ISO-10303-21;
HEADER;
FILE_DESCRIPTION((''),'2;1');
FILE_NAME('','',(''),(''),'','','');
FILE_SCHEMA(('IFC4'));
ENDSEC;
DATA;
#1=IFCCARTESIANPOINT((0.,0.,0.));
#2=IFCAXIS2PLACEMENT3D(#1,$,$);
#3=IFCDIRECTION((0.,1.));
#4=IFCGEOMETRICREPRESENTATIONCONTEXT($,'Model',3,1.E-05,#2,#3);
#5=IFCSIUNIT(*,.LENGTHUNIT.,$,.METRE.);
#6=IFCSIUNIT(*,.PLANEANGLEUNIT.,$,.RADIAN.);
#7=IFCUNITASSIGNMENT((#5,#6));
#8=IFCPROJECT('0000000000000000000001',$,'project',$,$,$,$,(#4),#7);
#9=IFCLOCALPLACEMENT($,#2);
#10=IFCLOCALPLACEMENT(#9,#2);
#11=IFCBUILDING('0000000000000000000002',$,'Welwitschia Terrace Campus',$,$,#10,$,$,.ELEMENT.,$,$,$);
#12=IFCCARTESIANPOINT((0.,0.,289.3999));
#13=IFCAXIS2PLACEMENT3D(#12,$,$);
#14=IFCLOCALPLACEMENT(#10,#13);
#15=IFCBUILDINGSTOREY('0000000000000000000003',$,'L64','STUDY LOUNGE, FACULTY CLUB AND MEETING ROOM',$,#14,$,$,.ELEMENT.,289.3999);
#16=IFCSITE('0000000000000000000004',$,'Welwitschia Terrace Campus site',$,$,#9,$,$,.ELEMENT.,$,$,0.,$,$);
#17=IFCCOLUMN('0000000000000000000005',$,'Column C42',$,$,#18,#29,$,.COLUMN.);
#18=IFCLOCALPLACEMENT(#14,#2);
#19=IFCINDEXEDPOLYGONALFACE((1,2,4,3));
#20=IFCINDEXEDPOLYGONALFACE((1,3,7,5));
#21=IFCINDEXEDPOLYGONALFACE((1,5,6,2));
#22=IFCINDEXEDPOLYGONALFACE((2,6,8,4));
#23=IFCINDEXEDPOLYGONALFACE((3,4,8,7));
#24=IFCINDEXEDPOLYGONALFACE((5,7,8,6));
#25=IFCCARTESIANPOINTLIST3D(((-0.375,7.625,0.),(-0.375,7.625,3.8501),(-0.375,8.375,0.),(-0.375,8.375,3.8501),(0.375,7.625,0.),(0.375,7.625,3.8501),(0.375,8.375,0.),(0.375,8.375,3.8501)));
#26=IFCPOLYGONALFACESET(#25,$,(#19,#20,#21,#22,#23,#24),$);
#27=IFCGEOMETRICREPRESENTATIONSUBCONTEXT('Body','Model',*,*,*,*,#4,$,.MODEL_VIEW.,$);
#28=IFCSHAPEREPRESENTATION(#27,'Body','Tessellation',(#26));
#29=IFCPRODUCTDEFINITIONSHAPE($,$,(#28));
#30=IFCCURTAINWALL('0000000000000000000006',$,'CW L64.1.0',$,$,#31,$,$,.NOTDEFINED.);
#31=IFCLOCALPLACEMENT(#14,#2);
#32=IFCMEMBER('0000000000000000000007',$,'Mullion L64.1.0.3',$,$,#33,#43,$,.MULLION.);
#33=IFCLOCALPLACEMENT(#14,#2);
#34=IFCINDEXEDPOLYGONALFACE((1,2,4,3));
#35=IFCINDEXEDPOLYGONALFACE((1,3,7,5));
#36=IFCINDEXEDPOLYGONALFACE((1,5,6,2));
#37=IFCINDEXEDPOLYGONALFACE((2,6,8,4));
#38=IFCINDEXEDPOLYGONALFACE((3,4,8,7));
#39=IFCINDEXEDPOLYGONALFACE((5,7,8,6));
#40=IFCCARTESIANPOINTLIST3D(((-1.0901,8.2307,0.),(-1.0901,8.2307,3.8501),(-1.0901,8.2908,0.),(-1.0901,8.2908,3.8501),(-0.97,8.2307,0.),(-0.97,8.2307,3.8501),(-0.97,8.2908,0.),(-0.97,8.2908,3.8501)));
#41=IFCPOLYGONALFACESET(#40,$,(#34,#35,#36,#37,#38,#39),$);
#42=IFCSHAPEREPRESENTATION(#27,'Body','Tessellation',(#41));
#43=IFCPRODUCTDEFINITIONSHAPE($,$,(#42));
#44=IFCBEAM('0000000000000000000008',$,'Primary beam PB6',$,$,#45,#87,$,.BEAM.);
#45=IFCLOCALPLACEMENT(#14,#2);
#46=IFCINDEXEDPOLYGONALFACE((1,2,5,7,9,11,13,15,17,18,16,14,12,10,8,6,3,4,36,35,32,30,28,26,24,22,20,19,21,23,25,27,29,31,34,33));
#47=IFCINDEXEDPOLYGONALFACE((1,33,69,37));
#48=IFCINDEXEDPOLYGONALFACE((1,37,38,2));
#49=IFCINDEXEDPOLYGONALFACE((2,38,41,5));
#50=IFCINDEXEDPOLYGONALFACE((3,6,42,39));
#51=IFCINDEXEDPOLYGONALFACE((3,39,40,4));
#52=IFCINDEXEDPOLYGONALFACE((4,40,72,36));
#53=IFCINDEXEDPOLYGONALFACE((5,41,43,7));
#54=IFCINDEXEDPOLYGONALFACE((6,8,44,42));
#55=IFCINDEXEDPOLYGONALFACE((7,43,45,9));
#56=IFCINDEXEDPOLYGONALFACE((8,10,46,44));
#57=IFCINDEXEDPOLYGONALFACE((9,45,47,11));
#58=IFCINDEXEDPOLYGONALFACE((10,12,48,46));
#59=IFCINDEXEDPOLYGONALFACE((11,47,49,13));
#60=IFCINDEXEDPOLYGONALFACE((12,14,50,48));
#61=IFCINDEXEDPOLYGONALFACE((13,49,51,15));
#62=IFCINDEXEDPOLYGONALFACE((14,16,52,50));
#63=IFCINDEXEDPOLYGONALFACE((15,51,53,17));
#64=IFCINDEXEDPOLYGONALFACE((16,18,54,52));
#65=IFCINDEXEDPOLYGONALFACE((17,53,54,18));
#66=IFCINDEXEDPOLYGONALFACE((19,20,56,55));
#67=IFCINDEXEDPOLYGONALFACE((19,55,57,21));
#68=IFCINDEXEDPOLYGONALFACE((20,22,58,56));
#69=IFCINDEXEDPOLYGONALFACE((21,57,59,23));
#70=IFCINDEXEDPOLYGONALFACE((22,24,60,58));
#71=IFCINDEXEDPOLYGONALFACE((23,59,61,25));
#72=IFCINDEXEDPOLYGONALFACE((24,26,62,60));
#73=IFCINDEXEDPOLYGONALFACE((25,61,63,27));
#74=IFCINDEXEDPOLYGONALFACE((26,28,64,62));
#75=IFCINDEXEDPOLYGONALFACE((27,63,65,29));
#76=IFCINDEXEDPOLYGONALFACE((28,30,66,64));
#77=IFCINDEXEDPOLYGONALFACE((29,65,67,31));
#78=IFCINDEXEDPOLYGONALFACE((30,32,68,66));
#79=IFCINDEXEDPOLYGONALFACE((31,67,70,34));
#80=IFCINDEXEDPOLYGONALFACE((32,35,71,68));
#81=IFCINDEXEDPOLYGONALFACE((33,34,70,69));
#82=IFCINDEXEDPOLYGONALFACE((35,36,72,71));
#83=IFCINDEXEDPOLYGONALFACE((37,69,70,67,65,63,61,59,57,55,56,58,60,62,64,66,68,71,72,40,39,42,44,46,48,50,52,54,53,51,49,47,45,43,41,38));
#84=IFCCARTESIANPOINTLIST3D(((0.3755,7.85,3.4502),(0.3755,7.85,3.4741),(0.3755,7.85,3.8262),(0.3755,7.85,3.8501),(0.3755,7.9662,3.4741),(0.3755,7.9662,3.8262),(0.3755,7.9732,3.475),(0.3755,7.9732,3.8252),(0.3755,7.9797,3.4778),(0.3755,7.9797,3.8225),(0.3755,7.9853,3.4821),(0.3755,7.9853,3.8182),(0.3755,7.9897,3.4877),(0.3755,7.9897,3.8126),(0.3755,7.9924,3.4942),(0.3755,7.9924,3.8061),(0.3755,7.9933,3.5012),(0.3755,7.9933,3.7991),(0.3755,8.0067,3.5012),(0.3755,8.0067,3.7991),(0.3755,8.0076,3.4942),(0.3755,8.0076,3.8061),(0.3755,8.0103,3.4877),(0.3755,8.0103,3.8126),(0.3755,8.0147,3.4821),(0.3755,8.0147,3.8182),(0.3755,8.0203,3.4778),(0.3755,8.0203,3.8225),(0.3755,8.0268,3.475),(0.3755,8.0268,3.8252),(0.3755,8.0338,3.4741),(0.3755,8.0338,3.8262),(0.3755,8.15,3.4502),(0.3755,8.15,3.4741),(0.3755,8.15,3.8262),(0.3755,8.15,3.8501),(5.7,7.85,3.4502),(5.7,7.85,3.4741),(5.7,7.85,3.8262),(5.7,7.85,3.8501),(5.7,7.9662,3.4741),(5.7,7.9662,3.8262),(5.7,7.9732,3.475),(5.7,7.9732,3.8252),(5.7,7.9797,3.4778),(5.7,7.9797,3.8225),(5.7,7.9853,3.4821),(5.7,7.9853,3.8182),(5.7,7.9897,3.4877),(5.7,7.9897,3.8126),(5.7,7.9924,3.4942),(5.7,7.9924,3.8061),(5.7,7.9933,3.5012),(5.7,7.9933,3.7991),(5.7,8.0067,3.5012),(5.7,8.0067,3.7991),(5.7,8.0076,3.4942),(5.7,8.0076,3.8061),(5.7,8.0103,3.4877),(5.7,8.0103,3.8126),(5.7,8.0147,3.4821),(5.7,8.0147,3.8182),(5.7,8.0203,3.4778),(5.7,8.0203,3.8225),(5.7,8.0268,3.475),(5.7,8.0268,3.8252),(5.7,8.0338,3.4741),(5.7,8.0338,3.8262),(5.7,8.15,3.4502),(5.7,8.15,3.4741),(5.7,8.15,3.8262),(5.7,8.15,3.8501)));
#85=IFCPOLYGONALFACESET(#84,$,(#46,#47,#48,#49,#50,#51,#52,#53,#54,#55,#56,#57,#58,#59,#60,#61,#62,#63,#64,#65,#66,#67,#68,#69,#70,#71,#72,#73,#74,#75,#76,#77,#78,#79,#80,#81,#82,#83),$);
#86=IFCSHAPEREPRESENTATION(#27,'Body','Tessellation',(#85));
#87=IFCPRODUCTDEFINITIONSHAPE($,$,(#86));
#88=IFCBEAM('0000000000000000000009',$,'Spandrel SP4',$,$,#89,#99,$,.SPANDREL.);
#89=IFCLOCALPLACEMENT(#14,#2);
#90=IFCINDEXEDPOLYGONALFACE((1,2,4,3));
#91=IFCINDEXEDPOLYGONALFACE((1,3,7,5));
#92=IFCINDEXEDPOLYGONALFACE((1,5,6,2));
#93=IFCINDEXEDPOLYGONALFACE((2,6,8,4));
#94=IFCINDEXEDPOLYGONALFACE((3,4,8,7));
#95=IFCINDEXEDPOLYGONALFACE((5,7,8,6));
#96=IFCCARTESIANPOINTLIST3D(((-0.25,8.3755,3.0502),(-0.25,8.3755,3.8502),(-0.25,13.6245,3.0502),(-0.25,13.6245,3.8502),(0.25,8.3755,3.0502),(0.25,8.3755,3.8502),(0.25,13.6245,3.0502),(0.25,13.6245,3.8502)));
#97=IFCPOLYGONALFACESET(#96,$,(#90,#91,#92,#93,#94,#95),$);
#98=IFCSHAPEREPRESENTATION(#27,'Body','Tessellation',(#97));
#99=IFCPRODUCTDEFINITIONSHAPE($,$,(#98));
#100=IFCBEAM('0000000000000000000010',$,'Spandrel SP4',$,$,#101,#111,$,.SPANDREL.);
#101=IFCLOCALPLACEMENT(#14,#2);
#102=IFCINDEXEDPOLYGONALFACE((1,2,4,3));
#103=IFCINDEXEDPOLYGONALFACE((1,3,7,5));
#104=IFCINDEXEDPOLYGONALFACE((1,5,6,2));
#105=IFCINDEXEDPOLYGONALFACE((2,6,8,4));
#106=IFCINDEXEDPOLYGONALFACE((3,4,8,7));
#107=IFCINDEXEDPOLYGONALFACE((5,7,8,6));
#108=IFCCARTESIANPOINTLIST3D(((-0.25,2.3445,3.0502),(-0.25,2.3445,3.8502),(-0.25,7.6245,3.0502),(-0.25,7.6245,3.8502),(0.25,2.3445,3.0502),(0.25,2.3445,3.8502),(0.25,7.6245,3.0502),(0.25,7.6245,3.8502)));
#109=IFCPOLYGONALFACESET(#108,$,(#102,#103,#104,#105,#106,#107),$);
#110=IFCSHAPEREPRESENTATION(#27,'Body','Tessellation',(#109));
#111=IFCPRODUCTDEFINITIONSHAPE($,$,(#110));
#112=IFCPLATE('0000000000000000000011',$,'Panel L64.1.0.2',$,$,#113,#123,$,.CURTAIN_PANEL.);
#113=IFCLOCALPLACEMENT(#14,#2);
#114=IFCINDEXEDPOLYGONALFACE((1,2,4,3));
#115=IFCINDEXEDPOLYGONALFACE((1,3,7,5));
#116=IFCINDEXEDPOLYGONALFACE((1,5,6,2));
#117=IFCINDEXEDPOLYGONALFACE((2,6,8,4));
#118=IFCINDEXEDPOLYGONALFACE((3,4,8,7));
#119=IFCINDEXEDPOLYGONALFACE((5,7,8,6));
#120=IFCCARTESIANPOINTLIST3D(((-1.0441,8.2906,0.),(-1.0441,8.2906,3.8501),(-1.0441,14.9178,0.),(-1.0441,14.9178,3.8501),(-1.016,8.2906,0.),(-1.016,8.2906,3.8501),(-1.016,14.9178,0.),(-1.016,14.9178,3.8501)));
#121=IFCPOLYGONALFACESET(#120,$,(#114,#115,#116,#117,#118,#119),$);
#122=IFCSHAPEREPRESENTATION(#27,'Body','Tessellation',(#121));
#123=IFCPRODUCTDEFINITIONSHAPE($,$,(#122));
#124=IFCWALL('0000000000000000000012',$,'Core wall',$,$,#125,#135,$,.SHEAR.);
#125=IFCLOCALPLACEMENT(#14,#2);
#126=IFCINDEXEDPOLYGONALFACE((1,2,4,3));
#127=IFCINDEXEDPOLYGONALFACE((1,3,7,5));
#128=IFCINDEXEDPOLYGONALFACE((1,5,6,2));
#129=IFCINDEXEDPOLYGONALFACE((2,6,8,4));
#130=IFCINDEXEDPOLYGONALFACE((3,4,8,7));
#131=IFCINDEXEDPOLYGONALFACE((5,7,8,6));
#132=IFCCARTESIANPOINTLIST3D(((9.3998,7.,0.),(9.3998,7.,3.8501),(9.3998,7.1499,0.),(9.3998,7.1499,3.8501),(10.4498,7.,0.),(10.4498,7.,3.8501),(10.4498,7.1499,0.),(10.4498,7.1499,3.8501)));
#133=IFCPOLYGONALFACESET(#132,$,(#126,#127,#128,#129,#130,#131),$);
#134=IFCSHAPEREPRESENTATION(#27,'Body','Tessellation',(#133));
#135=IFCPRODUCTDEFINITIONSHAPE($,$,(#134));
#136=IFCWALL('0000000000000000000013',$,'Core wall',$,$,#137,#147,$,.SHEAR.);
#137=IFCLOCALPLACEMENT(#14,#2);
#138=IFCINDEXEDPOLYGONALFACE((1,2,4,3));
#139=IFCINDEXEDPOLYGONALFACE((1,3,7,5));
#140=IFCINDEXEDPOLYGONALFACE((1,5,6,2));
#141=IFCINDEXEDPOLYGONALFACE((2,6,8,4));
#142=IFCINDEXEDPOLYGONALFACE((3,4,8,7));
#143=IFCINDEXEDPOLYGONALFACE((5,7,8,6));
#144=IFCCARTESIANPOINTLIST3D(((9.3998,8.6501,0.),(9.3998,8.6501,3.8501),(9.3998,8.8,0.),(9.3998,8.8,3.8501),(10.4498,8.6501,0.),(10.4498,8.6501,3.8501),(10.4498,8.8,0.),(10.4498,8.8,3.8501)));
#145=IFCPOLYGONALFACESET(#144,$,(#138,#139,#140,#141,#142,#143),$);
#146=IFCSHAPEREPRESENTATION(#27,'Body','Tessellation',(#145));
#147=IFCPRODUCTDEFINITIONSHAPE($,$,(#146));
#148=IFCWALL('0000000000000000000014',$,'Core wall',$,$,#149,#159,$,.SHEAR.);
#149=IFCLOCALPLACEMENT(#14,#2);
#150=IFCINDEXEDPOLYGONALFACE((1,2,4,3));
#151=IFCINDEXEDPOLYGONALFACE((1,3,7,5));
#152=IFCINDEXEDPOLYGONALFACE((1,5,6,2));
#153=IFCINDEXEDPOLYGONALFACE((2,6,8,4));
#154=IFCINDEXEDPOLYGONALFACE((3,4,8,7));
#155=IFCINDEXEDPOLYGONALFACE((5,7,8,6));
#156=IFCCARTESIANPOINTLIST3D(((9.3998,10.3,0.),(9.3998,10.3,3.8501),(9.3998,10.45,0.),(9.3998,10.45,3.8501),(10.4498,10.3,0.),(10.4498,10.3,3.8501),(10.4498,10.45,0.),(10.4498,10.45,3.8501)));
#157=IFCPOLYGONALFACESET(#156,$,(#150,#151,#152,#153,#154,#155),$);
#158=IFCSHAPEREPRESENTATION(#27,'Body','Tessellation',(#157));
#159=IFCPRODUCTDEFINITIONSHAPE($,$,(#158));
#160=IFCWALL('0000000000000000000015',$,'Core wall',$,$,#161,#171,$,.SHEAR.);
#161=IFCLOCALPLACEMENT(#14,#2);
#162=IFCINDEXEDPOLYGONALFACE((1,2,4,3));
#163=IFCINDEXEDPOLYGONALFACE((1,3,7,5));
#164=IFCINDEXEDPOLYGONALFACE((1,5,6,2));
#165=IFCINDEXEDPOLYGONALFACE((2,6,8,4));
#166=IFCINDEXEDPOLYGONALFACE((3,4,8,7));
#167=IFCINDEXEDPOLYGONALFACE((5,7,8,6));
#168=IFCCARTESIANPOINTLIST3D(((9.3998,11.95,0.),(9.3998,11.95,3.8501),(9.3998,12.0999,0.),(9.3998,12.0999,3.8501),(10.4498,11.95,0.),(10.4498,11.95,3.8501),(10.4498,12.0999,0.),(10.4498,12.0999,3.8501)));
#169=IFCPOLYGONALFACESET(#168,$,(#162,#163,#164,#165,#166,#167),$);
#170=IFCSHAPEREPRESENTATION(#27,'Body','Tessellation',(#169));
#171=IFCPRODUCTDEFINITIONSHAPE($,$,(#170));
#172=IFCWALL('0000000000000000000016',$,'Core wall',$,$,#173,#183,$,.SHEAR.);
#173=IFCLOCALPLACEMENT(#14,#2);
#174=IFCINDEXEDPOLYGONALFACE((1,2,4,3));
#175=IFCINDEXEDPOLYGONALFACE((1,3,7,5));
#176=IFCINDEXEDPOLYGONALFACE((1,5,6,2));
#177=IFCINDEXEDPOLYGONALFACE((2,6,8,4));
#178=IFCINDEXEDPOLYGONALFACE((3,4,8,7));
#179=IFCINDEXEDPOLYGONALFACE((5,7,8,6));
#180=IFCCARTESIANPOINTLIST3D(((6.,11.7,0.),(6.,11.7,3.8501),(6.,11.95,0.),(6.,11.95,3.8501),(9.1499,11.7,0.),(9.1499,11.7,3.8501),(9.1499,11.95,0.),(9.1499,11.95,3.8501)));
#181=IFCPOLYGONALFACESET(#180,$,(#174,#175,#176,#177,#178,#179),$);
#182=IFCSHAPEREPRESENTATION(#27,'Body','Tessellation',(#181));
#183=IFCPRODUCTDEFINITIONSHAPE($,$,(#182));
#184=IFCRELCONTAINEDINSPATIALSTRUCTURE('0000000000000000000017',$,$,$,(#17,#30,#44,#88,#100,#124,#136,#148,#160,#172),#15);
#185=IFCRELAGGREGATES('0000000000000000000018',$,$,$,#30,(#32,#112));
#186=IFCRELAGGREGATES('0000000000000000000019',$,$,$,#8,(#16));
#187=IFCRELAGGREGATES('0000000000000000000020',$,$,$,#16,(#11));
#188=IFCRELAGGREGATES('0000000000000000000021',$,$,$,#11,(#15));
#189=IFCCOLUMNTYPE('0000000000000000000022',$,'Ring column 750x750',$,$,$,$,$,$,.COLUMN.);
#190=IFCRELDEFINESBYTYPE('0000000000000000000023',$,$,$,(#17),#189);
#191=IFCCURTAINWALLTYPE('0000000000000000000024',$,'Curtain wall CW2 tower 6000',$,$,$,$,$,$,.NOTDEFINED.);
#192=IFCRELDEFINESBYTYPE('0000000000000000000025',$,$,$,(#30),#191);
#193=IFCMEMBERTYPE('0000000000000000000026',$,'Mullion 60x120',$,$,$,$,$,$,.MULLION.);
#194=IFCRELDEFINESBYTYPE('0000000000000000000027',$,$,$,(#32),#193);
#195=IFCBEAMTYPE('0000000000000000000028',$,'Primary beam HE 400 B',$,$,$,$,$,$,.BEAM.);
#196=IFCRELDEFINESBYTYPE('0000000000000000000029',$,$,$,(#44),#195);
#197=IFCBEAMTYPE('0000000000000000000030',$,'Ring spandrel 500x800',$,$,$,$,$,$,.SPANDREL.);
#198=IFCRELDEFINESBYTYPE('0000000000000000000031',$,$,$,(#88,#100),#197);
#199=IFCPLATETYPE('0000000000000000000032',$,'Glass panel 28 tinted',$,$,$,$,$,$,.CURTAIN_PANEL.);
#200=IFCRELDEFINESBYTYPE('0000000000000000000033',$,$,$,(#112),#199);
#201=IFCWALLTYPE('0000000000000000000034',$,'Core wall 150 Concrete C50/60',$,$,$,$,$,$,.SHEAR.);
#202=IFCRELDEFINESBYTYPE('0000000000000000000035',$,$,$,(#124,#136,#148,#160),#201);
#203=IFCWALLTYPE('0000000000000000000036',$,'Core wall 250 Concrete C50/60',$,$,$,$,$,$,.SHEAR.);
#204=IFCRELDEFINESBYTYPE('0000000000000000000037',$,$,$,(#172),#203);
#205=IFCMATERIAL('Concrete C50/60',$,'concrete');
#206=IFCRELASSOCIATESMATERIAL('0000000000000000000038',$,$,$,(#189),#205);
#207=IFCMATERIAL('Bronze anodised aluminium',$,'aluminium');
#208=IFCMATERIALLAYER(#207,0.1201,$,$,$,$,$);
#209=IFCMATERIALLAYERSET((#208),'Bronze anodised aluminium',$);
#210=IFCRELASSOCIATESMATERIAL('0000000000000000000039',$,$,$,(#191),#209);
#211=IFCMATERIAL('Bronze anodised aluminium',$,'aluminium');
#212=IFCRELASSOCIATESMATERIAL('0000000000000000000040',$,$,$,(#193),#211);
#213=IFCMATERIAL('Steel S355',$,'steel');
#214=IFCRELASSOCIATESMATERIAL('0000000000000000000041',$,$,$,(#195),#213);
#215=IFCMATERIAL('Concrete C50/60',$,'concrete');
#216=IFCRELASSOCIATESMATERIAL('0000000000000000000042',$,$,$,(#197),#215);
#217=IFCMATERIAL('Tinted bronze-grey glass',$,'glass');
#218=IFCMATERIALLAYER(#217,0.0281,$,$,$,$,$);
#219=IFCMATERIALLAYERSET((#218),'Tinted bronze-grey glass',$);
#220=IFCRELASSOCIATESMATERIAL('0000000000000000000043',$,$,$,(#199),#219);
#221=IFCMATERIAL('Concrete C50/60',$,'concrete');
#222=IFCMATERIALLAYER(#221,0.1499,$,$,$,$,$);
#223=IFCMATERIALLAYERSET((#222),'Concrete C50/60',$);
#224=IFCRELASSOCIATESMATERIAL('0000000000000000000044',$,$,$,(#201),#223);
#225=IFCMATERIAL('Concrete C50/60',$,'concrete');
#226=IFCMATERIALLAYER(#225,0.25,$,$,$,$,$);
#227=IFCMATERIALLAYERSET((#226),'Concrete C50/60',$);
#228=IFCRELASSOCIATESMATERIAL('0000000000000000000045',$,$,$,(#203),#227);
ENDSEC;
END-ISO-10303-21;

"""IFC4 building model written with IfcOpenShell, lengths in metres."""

from ifc_helpers import new_model, si_unit, direction, frame, frame_2d, origin, origin_2d, place, context, subcontext, project, spatial, rectangle, i_section, extrude, material, layer, layer_set, material_profile, profile_set, type_object, element, aggregate, save


model = new_model("IFC4")

# Units and contexts
model_context = context("Model", 3, precision=1e-05, world=origin(), true_north=direction((0.0, 1.0)))
body_context = subcontext(model_context, "Body", "Model", "MODEL_VIEW")
ifc_project = project(units=[si_unit("LENGTHUNIT", "METRE"), si_unit("PLANEANGLEUNIT", "RADIAN")], contexts=[model_context])

# Site, building, storey
site_placement = place(None, origin())
site = spatial("IfcSite", under=ifc_project, at=site_placement, Name="Welwitschia Terrace Campus site", CompositionType="ELEMENT", RefElevation=0.0)
building_placement = place(site_placement, origin())
building = spatial("IfcBuilding", under=site, at=building_placement, Name="Welwitschia Terrace Campus", CompositionType="ELEMENT")
storey_placement = place(building_placement, frame((0.0, 0.0, 289.3999)))
storey = spatial("IfcBuildingStorey", under=building, at=storey_placement, Name="L64", Description="STUDY LOUNGE, FACULTY CLUB AND MEETING ROOM", CompositionType="ELEMENT", Elevation=289.3999)

# Column
ifc_material_1 = material(Name="Concrete C50/60", Category="concrete")
ifc_material_profile_1 = material_profile(ifc_material_1, rectangle(XDim=0.75, YDim=0.75, at=origin_2d()))
ifc_profile_set_1 = profile_set([ifc_material_profile_1], Name="Concrete C50/60")
column_type = type_object("IfcColumnType", Name="Ring column 750x750", PredefinedType="COLUMN", material=ifc_profile_set_1)
column_placement = place(storey_placement, frame((0.0, 8.0, 0.0), z_axis=(0.0, 0.0, 1.0), x_axis=(1.0, 0.0, 0.0)))
element("IfcColumn", 1, at=column_placement, inside=storey, type_object=column_type, Name="Column C42", PredefinedType="COLUMN", context=body_context, shape_type="SweptSolid", body=[
    extrude(rectangle(XDim=0.75, YDim=0.75, at=origin_2d()), origin(), (0.0, 0.0, 1.0), 3.8501),
])

# Curtain wall, member
ifc_material_2 = material(Name="Bronze anodised aluminium", Category="aluminium")
ifc_layer_1 = layer(ifc_material_2, 0.1201)
ifc_layer_set_1 = layer_set([ifc_layer_1], Name="Bronze anodised aluminium")
curtain_wall_type = type_object("IfcCurtainWallType", Name="Curtain wall CW2 tower 6000", PredefinedType="NOTDEFINED", material=ifc_layer_set_1)
curtain_wall_placement = place(storey_placement, origin())
curtain_wall = element("IfcCurtainWall", 2, at=curtain_wall_placement, inside=storey, type_object=curtain_wall_type, Name="CW L64.1.0", PredefinedType="NOTDEFINED")
ifc_material_3 = material(Name="Bronze anodised aluminium", Category="aluminium")
ifc_material_profile_2 = material_profile(ifc_material_3, rectangle(XDim=0.1201, YDim=0.0601, at=origin_2d()))
ifc_profile_set_2 = profile_set([ifc_material_profile_2], Name="Bronze anodised aluminium")
member_type = type_object("IfcMemberType", Name="Mullion 60x120", PredefinedType="MULLION", material=ifc_profile_set_2)
member_placement = place(storey_placement, frame((-1.03, 8.2607, 0.0), z_axis=(0.0, 0.0, 1.0), x_axis=(1.0, 0.0, 0.0)))
member = element("IfcMember", 3, at=member_placement, type_object=member_type, Name="Mullion L64.1.0.3", PredefinedType="MULLION", context=body_context, shape_type="SweptSolid", body=[
    extrude(rectangle(XDim=0.1201, YDim=0.0601, at=origin_2d()), origin(), (0.0, 0.0, 1.0), 3.8501),
])

# Beams
ifc_material_4 = material(Name="Steel S355", Category="steel")
ifc_material_profile_3 = material_profile(ifc_material_4, i_section(OverallWidth=0.3, OverallDepth=0.3999, WebThickness=0.0134, FlangeThickness=0.0239, FilletRadius=0.0271, at=origin_2d()))
ifc_profile_set_3 = profile_set([ifc_material_profile_3], Name="Steel S355")
beam_type_1 = type_object("IfcBeamType", Name="Primary beam HE 400 B", PredefinedType="BEAM", material=ifc_profile_set_3)
beam_1_placement = place(storey_placement, frame((0.3755, 8.0, 3.6501), z_axis=(1.0, 0.0, 0.0), x_axis=(0.0, 1.0, 0.0)))
element("IfcBeam", 4, at=beam_1_placement, inside=storey, type_object=beam_type_1, Name="Primary beam PB6", PredefinedType="BEAM", context=body_context, shape_type="SweptSolid", body=[
    extrude(i_section(OverallWidth=0.3, OverallDepth=0.3999, WebThickness=0.0134, FlangeThickness=0.0239, FilletRadius=0.0271, at=origin_2d()), origin(), (0.0, 0.0, 1.0), 5.3245),
])
ifc_material_5 = material(Name="Concrete C50/60", Category="concrete")
ifc_material_profile_4 = material_profile(ifc_material_5, rectangle(XDim=0.5, YDim=0.8, at=origin_2d()))
ifc_profile_set_4 = profile_set([ifc_material_profile_4], Name="Concrete C50/60")
beam_type_2 = type_object("IfcBeamType", Name="Ring spandrel 500x800", PredefinedType="SPANDREL", material=ifc_profile_set_4)
beam_2_placement = place(storey_placement, frame((0.0, 13.6245, 3.4502), z_axis=(0.0, -1.0, 0.0), x_axis=(1.0, 0.0, 0.0)))
element("IfcBeam", 5, at=beam_2_placement, inside=storey, type_object=beam_type_2, Name="Spandrel SP4", PredefinedType="SPANDREL", context=body_context, shape_type="SweptSolid", body=[
    extrude(rectangle(XDim=0.5, YDim=0.8, at=origin_2d()), origin(), (0.0, 0.0, 1.0), 5.249),
])
beam_3_placement = place(storey_placement, frame((0.0, 7.6245, 3.4502), z_axis=(0.0, -1.0, 0.0), x_axis=(1.0, 0.0, 0.0)))
element("IfcBeam", 6, at=beam_3_placement, inside=storey, type_object=beam_type_2, Name="Spandrel SP4", PredefinedType="SPANDREL", context=body_context, shape_type="SweptSolid", body=[
    extrude(rectangle(XDim=0.5, YDim=0.8, at=origin_2d()), origin(), (0.0, 0.0, 1.0), 5.28),
])

# Plate
ifc_material_6 = material(Name="Tinted bronze-grey glass", Category="glass")
ifc_layer_2 = layer(ifc_material_6, 0.0281)
ifc_layer_set_2 = layer_set([ifc_layer_2], Name="Tinted bronze-grey glass")
plate_type = type_object("IfcPlateType", Name="Glass panel 28 tinted", PredefinedType="CURTAIN_PANEL", material=ifc_layer_set_2)
plate_placement = place(storey_placement, frame((-1.03, 11.6042, 0.0), z_axis=(0.0, 0.0, 1.0), x_axis=(0.0, -1.0, 0.0)))
plate = element("IfcPlate", 7, at=plate_placement, type_object=plate_type, Name="Panel L64.1.0.2", PredefinedType="CURTAIN_PANEL", context=body_context, shape_type="SweptSolid", body=[
    extrude(rectangle(XDim=6.6272, YDim=0.0281, at=origin_2d()), origin(), (0.0, 0.0, 1.0), 3.8501),
])
aggregate(curtain_wall, [member, plate])

# Walls
ifc_material_7 = material(Name="Concrete C50/60", Category="concrete")
ifc_layer_3 = layer(ifc_material_7, 0.1499)
ifc_layer_set_3 = layer_set([ifc_layer_3], Name="Concrete C50/60")
wall_type_1 = type_object("IfcWallType", Name="Core wall 150 Concrete C50/60", PredefinedType="SHEAR", material=ifc_layer_set_3)
for number, where, z_axis, x_axis, name in (
    (8, (9.3999, 7.075, 0.0), (0.0, 0.0, 1.0), (1.0, 0.0, 0.0), "Core wall"),
    (9, (9.3999, 8.7251, 0.0), (0.0, 0.0, 1.0), (1.0, 0.0, 0.0), "Core wall"),
    (10, (9.3999, 10.375, 0.0), (0.0, 0.0, 1.0), (1.0, 0.0, 0.0), "Core wall"),
    (11, (9.3999, 12.0249, 0.0), (0.0, 0.0, 1.0), (1.0, 0.0, 0.0), "Core wall"),
):
    element("IfcWall", number, at=place(storey_placement, frame(where, z_axis=z_axis, x_axis=x_axis)), inside=storey, type_object=wall_type_1, Name=name, PredefinedType="SHEAR", context=body_context, shape_type="SweptSolid", body=[
        extrude(rectangle(XDim=1.05, YDim=0.1499, at=frame_2d((0.5249, 0.0))), origin(), (0.0, 0.0, 1.0), 3.8501),
    ])
ifc_material_8 = material(Name="Concrete C50/60", Category="concrete")
ifc_layer_4 = layer(ifc_material_8, 0.25)
ifc_layer_set_4 = layer_set([ifc_layer_4], Name="Concrete C50/60")
wall_type_2 = type_object("IfcWallType", Name="Core wall 250 Concrete C50/60", PredefinedType="SHEAR", material=ifc_layer_set_4)
wall_1_placement = place(storey_placement, frame((6.0, 11.825, 0.0), z_axis=(0.0, 0.0, 1.0), x_axis=(1.0, 0.0, 0.0)))
element("IfcWall", 12, at=wall_1_placement, inside=storey, type_object=wall_type_2, Name="Core wall", PredefinedType="SHEAR", context=body_context, shape_type="SweptSolid", body=[
    extrude(rectangle(XDim=3.1499, YDim=0.25, at=frame_2d((1.575, 0.0))), origin(), (0.0, 0.0, 1.0), 3.8501),
])

save(model, "model.ifc")
